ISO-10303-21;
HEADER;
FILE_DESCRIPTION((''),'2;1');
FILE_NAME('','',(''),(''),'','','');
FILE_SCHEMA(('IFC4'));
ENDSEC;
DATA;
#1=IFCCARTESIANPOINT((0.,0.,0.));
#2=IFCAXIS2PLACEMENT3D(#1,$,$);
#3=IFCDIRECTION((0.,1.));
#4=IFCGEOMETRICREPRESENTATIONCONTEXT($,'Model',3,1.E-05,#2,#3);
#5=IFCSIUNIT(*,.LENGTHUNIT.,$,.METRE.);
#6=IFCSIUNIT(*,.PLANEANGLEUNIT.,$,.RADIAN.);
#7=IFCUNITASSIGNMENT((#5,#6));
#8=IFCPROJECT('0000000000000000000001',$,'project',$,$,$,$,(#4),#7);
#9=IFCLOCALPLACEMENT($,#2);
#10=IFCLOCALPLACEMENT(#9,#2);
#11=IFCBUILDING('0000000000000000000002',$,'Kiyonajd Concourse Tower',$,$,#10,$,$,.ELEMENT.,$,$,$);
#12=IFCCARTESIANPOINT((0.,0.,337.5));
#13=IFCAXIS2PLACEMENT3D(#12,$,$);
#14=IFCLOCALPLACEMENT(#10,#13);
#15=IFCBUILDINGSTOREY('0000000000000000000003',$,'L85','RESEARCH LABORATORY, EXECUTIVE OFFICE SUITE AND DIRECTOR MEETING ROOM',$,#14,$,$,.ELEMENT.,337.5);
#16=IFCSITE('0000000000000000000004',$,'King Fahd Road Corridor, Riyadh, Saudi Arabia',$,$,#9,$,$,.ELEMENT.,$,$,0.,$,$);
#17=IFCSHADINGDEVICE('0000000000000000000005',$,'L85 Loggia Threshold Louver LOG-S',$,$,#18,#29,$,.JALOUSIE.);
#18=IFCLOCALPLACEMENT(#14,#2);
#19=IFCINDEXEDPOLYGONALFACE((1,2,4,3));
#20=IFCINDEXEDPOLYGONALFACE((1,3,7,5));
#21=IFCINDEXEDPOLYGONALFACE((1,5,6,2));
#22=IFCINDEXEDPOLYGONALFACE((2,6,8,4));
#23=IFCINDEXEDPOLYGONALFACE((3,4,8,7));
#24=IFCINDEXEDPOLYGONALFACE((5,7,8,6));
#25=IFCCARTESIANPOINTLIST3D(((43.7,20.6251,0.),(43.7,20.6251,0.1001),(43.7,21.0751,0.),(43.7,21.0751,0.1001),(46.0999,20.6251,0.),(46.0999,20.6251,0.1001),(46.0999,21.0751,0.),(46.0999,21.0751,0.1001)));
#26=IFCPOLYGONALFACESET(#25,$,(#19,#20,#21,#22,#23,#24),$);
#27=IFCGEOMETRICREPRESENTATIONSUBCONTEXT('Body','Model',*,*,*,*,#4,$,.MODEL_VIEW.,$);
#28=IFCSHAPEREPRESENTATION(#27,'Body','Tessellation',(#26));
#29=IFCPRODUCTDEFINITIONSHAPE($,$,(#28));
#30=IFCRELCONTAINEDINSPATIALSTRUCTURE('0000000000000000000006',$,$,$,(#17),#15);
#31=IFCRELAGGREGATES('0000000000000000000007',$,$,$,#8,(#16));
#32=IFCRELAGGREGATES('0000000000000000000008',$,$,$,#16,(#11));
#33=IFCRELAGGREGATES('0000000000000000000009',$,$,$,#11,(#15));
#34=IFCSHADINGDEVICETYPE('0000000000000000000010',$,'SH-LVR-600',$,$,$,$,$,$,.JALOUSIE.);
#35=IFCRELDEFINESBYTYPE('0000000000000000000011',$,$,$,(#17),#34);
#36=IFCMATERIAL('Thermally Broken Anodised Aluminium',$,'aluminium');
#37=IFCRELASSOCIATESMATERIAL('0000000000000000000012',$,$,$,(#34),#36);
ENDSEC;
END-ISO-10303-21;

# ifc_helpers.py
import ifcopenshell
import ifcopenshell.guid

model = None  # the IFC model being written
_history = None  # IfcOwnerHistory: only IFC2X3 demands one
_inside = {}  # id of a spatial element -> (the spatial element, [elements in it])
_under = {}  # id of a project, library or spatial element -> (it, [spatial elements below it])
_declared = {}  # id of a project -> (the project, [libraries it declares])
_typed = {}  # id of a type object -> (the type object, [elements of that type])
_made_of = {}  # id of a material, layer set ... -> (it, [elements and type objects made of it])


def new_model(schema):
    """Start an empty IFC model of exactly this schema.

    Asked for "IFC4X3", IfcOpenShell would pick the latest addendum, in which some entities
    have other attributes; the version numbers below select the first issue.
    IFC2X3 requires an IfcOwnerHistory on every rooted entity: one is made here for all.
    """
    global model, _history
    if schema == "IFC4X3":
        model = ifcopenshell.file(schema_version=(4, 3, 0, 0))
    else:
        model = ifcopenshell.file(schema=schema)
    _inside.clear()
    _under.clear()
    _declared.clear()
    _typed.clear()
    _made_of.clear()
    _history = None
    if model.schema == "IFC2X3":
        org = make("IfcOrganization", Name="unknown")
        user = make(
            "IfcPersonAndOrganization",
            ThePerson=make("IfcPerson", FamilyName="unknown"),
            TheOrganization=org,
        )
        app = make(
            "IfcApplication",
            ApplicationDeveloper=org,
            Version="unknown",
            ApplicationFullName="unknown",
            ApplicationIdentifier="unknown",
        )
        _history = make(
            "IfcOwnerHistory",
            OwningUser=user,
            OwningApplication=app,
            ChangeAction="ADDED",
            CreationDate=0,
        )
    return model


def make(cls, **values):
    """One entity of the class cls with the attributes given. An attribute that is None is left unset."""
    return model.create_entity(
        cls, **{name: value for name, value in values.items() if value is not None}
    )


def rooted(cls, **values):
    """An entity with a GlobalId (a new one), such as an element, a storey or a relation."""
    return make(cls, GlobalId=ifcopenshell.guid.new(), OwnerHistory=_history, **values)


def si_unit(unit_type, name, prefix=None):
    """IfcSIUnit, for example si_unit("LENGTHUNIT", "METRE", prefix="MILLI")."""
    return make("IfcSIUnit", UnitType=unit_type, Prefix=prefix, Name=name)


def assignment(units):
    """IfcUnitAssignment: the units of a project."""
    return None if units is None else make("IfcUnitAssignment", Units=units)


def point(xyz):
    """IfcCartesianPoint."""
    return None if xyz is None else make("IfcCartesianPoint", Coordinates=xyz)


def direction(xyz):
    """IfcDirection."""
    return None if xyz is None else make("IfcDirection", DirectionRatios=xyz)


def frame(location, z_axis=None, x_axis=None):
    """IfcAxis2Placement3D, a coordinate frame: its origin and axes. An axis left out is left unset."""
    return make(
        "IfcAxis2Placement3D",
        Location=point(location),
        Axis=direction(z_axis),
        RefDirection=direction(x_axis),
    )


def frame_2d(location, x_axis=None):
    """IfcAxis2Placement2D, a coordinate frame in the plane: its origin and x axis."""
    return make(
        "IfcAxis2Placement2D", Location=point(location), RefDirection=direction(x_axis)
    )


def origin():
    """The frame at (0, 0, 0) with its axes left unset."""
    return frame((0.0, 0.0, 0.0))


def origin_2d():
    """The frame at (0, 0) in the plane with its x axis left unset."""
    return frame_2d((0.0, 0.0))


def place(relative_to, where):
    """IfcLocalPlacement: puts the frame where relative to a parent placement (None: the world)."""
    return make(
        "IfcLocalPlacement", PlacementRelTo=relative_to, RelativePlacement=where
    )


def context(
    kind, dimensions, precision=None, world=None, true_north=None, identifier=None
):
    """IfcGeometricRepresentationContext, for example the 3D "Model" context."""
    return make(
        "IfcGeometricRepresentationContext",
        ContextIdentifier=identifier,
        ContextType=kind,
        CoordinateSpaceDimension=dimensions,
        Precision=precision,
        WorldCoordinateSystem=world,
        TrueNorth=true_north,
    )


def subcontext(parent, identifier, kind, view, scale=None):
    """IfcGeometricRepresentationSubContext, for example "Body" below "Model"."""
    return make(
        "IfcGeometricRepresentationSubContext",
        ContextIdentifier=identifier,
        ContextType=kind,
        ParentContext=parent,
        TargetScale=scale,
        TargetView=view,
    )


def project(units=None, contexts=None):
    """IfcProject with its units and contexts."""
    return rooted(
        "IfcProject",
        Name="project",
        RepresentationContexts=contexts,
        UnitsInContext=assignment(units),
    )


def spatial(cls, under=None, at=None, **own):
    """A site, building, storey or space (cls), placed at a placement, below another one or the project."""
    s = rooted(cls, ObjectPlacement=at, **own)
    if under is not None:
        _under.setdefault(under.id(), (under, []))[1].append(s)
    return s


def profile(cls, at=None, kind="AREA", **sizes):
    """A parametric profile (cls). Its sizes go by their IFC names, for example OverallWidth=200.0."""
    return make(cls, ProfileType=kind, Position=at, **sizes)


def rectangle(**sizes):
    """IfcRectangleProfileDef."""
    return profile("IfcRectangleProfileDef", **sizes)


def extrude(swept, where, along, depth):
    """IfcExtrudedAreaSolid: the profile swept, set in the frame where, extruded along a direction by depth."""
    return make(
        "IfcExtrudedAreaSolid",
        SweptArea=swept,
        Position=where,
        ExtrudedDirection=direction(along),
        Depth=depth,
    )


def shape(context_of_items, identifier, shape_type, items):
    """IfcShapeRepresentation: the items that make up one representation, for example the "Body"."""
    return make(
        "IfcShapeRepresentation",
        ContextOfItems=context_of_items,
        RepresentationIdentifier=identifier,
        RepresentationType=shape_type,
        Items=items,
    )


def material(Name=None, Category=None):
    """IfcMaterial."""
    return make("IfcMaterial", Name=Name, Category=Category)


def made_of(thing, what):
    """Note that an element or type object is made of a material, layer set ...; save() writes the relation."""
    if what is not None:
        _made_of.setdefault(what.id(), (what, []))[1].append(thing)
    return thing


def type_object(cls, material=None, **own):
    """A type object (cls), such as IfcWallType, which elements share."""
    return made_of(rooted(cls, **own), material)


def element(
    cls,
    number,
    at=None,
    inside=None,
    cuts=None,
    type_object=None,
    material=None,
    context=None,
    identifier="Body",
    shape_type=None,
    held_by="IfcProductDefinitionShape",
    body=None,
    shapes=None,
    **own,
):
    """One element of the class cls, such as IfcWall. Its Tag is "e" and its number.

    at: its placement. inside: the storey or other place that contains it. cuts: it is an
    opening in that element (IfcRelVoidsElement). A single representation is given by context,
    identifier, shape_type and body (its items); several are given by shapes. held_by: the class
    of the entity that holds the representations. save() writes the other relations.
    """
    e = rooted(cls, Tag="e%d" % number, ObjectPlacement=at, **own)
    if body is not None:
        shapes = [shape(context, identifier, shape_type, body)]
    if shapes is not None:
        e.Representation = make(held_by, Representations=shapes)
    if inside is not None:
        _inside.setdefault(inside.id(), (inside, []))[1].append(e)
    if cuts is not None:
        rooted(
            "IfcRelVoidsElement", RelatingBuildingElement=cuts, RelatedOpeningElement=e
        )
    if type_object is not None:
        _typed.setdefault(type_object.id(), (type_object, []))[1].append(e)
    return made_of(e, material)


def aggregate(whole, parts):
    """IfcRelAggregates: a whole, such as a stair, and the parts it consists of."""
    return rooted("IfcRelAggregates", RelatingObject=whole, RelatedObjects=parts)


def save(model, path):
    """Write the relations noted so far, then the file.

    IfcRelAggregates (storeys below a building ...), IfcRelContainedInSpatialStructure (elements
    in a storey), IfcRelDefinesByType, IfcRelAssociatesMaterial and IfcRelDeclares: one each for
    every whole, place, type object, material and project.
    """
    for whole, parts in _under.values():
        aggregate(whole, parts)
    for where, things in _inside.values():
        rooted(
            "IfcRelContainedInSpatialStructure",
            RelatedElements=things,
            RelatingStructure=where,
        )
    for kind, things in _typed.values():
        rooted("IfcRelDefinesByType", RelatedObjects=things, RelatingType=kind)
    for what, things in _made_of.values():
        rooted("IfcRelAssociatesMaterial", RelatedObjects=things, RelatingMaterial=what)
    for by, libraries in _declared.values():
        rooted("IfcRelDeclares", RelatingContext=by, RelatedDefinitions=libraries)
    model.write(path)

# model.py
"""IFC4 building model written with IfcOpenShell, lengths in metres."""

from ifc_helpers import new_model, si_unit, direction, frame, origin, origin_2d, place, context, subcontext, project, spatial, rectangle, extrude, material, type_object, element, save


model = new_model("IFC4")

# Units and contexts
model_context = context("Model", 3, precision=1e-05, world=origin(), true_north=direction((0.0, 1.0)))
body_context = subcontext(model_context, "Body", "Model", "MODEL_VIEW")
ifc_project = project(units=[si_unit("LENGTHUNIT", "METRE"), si_unit("PLANEANGLEUNIT", "RADIAN")], contexts=[model_context])

# Site, building, storey
site_placement = place(None, origin())
site = spatial("IfcSite", under=ifc_project, at=site_placement, Name="King Fahd Road Corridor, Riyadh, Saudi Arabia", CompositionType="ELEMENT", RefElevation=0.0)
building_placement = place(site_placement, origin())
building = spatial("IfcBuilding", under=site, at=building_placement, Name="Kiyonajd Concourse Tower", CompositionType="ELEMENT")
storey_placement = place(building_placement, frame((0.0, 0.0, 337.5)))
storey = spatial("IfcBuildingStorey", under=building, at=storey_placement, Name="L85", Description="RESEARCH LABORATORY, EXECUTIVE OFFICE SUITE AND DIRECTOR MEETING ROOM", CompositionType="ELEMENT", Elevation=337.5)

# Shared definitions
ifc_material_1 = material(Name="Thermally Broken Anodised Aluminium", Category="aluminium")

# Shading device
shading_device_type_1 = type_object("IfcShadingDeviceType", Name="SH-LVR-600", PredefinedType="JALOUSIE", material=ifc_material_1)
shading_device_1_placement = place(storey_placement, frame((44.8999, 20.8501, 0.0), z_axis=(0.0, 0.0, 1.0), x_axis=(1.0, 0.0, 0.0)))
element("IfcShadingDevice", 1, at=shading_device_1_placement, inside=storey, type_object=shading_device_type_1, Name="L85 Loggia Threshold Louver LOG-S", PredefinedType="JALOUSIE", context=body_context, shape_type="SweptSolid", body=[
    extrude(rectangle(XDim=2.3999, YDim=0.45, at=origin_2d()), origin(), (0.0, 0.0, 1.0), 0.1001),
])

save(model, "model.ifc")
